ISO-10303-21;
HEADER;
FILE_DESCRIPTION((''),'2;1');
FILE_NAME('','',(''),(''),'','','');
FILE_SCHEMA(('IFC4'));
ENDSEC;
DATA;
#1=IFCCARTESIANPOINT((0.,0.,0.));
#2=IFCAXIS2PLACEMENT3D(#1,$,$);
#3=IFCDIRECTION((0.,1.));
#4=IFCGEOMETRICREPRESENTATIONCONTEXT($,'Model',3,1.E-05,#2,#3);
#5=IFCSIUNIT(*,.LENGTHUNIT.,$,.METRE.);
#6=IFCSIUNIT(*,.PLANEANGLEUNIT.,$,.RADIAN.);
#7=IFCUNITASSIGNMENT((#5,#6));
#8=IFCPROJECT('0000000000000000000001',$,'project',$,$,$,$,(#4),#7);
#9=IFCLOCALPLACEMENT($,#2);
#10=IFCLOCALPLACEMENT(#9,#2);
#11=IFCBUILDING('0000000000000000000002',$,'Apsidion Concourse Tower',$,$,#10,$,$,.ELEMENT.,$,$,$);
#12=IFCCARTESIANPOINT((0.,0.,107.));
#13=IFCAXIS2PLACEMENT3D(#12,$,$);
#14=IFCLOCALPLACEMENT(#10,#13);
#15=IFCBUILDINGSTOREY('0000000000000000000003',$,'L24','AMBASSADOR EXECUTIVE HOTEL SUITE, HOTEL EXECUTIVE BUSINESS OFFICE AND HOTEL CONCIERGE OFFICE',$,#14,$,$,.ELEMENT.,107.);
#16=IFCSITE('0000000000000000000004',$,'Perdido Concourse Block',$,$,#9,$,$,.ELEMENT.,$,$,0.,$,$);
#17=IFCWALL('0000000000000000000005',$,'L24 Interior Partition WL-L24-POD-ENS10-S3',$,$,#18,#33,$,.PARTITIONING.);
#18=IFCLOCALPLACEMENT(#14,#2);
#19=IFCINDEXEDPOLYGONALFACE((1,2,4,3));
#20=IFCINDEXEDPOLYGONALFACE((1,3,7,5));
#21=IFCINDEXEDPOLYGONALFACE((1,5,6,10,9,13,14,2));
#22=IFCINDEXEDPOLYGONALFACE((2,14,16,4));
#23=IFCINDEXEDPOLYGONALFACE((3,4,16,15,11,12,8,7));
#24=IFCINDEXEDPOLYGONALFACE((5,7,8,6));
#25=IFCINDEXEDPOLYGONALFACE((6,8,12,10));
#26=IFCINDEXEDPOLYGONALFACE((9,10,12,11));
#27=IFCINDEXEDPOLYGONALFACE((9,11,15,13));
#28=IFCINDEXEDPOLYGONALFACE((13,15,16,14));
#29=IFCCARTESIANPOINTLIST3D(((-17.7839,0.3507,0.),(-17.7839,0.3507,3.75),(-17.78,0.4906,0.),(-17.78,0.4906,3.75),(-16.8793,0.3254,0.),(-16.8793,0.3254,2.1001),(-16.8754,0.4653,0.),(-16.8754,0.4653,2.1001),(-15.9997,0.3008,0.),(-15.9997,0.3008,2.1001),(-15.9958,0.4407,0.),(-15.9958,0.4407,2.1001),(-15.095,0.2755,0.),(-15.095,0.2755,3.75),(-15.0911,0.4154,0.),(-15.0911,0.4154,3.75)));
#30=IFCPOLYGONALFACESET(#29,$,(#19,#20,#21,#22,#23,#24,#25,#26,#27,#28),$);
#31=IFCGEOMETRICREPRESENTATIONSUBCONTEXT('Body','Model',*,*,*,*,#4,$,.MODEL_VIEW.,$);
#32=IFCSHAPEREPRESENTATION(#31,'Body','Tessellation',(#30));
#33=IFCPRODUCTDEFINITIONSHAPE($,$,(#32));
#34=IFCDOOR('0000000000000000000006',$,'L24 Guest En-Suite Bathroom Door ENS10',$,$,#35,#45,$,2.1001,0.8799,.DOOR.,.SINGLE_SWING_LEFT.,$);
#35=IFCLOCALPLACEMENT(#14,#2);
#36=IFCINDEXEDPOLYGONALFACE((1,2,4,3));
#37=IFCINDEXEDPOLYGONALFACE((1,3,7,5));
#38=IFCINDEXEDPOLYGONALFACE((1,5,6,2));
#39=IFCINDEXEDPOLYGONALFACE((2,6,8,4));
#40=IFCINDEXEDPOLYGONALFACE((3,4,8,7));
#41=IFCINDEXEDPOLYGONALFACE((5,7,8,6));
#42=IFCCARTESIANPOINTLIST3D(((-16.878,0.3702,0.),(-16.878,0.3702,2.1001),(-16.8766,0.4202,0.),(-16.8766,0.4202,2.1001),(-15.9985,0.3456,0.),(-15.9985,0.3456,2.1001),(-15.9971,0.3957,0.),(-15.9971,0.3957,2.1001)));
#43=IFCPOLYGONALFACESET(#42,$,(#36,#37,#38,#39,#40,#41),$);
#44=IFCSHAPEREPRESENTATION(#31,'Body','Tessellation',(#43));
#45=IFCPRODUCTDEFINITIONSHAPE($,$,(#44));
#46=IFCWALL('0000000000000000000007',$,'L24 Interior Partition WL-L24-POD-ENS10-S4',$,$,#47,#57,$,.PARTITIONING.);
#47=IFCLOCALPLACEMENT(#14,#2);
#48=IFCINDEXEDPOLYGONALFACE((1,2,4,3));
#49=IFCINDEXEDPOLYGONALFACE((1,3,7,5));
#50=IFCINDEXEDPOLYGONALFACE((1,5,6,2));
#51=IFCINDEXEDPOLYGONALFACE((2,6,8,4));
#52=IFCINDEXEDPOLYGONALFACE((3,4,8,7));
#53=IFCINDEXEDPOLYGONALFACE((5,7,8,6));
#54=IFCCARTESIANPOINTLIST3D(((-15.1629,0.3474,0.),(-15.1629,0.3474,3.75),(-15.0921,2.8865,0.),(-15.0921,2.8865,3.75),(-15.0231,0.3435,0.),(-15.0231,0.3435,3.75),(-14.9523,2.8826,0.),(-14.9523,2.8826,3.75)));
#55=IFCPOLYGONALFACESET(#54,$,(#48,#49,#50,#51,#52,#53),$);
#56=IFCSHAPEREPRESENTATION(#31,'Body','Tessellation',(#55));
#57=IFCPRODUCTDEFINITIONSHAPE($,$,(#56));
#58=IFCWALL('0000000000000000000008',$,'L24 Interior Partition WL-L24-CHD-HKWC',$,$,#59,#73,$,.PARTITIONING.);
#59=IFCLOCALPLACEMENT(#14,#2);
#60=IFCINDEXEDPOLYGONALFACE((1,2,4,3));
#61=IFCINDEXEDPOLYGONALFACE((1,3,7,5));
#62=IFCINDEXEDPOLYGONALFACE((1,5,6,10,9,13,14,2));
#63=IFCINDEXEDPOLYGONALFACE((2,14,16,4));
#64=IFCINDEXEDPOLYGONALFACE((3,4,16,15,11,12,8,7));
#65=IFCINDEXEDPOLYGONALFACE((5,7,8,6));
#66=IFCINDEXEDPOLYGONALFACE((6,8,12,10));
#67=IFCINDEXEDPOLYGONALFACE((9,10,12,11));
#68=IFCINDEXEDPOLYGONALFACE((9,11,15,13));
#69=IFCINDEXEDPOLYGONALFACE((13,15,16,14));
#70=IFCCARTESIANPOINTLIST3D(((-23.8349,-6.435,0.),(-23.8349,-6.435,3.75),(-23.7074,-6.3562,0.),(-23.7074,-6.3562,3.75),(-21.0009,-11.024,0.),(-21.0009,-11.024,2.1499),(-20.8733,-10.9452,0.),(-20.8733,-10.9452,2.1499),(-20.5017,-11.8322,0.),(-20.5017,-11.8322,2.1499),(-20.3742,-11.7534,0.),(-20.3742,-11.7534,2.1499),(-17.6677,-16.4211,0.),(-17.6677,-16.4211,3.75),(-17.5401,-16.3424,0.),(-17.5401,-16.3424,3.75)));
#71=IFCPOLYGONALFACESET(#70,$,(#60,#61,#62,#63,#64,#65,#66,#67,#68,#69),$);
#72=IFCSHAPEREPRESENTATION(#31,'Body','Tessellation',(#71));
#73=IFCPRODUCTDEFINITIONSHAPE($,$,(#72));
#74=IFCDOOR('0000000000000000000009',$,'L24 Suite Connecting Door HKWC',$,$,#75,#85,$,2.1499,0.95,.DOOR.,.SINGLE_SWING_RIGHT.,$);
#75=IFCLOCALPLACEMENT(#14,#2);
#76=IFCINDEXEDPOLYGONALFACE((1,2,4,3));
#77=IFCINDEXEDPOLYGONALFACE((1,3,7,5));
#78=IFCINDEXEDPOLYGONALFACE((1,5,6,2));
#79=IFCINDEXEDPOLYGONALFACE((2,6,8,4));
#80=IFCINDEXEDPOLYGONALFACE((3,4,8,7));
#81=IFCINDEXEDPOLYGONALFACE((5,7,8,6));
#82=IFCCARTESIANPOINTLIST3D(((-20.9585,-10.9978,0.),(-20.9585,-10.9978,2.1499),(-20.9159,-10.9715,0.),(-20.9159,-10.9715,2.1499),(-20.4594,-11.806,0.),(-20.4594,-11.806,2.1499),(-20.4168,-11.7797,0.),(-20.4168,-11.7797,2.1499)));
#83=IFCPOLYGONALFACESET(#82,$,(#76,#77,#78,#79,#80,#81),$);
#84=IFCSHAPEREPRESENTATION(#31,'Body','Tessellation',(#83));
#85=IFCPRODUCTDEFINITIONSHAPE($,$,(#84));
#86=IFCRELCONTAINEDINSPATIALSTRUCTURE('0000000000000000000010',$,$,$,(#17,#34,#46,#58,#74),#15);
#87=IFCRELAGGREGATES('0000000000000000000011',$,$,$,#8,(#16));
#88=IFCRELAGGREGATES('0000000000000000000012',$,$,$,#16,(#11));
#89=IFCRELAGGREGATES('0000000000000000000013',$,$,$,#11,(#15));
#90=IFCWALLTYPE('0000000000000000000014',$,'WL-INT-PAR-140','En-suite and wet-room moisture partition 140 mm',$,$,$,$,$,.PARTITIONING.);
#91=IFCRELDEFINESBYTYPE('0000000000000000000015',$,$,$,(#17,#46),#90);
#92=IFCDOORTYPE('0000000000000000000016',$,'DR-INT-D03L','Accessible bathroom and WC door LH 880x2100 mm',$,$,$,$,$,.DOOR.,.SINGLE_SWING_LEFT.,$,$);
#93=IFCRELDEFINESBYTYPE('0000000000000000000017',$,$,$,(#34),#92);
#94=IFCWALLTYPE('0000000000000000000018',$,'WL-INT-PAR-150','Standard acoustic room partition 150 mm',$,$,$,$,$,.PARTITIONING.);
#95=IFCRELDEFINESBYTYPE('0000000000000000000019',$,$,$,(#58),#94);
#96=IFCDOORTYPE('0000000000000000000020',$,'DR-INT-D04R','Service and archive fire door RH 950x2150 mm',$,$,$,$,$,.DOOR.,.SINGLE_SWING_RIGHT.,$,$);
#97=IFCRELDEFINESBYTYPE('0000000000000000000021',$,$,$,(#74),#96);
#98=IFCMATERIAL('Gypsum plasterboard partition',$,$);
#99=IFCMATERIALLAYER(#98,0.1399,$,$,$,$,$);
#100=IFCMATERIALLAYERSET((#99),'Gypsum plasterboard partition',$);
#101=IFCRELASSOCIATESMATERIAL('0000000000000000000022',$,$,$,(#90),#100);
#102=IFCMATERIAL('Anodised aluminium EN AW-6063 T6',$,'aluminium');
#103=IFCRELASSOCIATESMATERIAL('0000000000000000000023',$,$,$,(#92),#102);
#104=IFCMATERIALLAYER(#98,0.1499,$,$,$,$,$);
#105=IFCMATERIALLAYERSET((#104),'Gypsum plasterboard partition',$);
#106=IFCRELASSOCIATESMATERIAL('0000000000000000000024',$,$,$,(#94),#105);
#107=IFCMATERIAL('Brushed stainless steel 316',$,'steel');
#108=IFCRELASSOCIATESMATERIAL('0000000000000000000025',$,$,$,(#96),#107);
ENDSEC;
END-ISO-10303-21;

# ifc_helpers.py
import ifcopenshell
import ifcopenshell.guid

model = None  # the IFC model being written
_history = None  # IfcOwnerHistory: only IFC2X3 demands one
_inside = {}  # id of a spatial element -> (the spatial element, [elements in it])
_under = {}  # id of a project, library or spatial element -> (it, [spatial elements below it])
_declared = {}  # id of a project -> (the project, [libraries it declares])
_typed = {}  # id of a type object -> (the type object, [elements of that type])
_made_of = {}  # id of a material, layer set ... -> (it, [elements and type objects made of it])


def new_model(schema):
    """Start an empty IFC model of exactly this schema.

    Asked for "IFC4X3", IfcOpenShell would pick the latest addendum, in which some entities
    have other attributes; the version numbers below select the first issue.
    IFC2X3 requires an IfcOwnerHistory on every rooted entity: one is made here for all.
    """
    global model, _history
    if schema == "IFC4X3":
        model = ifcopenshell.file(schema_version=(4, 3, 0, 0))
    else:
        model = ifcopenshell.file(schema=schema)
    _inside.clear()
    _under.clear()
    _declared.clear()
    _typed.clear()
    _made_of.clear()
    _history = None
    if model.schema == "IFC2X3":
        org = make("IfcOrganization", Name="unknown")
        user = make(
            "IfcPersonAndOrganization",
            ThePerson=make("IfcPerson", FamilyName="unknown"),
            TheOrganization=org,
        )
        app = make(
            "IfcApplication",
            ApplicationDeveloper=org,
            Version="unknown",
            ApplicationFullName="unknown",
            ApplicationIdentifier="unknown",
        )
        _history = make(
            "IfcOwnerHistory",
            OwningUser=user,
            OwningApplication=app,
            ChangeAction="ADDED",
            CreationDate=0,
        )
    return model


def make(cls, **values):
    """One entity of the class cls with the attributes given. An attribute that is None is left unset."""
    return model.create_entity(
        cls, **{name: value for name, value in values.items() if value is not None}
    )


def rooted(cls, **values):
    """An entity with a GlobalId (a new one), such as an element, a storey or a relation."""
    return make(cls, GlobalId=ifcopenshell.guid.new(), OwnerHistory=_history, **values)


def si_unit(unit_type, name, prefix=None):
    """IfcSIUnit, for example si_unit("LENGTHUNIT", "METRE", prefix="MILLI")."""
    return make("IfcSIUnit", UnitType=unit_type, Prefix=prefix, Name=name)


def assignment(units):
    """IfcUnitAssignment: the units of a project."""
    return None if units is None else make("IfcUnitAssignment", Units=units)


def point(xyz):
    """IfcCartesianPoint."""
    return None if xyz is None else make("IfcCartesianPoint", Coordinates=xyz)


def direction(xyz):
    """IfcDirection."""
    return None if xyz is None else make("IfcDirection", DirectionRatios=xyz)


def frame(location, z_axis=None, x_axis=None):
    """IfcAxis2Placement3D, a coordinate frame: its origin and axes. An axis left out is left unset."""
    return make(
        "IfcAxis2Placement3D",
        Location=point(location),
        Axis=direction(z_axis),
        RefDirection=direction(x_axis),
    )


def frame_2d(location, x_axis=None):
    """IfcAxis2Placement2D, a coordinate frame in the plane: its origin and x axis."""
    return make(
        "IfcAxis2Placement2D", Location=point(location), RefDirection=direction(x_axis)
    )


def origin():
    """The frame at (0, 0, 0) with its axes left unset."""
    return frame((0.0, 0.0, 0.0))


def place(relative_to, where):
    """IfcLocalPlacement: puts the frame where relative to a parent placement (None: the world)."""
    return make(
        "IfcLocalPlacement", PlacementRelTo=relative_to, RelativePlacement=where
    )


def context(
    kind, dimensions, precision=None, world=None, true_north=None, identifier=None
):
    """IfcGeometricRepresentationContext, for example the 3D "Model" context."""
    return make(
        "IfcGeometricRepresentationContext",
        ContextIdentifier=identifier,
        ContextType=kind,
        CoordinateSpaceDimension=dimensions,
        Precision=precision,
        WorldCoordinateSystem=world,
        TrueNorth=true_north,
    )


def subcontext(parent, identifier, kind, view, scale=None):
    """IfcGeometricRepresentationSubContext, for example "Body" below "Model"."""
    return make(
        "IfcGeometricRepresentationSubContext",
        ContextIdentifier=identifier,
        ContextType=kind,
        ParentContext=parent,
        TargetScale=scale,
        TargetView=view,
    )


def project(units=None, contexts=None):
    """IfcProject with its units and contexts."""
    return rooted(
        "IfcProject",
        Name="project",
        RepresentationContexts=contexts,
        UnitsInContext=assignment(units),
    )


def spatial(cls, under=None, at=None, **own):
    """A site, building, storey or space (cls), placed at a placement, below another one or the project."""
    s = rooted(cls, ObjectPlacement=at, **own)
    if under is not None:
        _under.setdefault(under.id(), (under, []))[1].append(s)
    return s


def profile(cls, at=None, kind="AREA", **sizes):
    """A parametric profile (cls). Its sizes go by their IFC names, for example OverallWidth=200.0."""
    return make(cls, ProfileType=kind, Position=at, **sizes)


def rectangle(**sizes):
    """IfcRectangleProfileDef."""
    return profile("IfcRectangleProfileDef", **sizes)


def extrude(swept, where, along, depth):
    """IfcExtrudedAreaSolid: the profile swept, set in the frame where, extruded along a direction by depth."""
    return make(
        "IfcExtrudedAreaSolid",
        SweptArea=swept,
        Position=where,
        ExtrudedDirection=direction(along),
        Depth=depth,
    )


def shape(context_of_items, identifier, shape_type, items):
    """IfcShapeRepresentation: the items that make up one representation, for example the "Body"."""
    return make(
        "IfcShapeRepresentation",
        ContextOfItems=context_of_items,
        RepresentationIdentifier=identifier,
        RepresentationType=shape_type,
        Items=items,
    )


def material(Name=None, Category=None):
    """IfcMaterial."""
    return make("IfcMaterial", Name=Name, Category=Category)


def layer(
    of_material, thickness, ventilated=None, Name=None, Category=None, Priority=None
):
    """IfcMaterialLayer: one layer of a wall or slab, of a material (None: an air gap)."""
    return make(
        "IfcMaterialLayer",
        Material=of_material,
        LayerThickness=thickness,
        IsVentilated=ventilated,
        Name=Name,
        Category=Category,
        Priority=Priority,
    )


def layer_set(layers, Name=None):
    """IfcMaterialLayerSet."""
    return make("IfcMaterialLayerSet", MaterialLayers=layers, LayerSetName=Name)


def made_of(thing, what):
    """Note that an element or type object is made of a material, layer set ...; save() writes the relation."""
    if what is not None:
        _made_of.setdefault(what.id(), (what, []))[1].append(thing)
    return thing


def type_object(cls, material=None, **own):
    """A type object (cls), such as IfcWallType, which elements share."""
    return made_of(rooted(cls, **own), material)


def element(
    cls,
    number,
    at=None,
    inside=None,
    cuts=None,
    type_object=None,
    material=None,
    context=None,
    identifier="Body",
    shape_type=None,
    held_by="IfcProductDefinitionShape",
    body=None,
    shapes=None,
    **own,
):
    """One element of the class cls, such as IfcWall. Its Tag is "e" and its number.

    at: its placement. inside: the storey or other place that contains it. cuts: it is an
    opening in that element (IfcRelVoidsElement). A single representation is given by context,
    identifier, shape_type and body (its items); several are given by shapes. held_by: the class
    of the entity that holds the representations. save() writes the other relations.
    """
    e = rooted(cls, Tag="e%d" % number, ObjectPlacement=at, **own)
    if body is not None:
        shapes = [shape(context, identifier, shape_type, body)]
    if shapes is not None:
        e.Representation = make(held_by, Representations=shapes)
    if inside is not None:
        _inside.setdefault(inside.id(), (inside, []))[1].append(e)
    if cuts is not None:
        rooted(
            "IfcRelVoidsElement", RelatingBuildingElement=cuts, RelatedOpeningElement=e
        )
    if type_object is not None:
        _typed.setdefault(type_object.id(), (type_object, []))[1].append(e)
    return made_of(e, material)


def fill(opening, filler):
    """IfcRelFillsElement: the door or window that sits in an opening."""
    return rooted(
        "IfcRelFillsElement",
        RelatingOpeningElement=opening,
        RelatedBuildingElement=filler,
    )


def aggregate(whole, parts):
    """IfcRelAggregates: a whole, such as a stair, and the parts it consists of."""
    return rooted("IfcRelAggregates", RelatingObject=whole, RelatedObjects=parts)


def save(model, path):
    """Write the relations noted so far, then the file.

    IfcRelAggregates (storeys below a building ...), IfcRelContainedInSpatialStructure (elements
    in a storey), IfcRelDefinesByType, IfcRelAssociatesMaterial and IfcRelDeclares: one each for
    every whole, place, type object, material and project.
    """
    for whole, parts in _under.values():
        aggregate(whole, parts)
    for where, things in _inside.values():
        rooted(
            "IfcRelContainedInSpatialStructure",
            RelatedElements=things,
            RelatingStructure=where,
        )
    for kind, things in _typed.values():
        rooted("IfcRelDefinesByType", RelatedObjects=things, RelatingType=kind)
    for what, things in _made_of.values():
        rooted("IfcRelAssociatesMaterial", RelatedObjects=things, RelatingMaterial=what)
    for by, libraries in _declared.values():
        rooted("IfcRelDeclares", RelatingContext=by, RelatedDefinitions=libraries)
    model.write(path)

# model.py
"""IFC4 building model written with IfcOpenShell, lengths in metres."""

from ifc_helpers import new_model, si_unit, direction, frame, frame_2d, origin, place, context, subcontext, project, spatial, rectangle, extrude, material, layer, layer_set, type_object, element, fill, save


model = new_model("IFC4")

# Units and contexts
model_context = context("Model", 3, precision=1e-05, world=origin(), true_north=direction((0.0, 1.0)))
body_context = subcontext(model_context, "Body", "Model", "MODEL_VIEW")
ifc_project = project(units=[si_unit("LENGTHUNIT", "METRE"), si_unit("PLANEANGLEUNIT", "RADIAN")], contexts=[model_context])

# Site, building, storey
site_placement = place(None, origin())
site = spatial("IfcSite", under=ifc_project, at=site_placement, Name="Perdido Concourse Block", CompositionType="ELEMENT", RefElevation=0.0)
building_placement = place(site_placement, origin())
building = spatial("IfcBuilding", under=site, at=building_placement, Name="Apsidion Concourse Tower", CompositionType="ELEMENT")
storey_placement = place(building_placement, frame((0.0, 0.0, 107.0)))
storey = spatial("IfcBuildingStorey", under=building, at=storey_placement, Name="L24", Description="AMBASSADOR EXECUTIVE HOTEL SUITE, HOTEL EXECUTIVE BUSINESS OFFICE AND HOTEL CONCIERGE OFFICE", CompositionType="ELEMENT", Elevation=107.0)

# Shared definitions
ifc_material_1 = material(Name="Gypsum plasterboard partition")
ifc_layer_1 = layer(ifc_material_1, 0.1399)
ifc_layer_set_1 = layer_set([ifc_layer_1], Name="Gypsum plasterboard partition")
wall_type_1 = type_object("IfcWallType", Name="WL-INT-PAR-140", Description="En-suite and wet-room moisture partition 140 mm", PredefinedType="PARTITIONING", material=ifc_layer_set_1)

# Wall, opening, door
wall_1_placement = place(storey_placement, frame((-17.782, 0.4207, 0.0), z_axis=(0.0, 0.0, 1.0), x_axis=(0.999609, -0.027953, 0.0)))
wall_1 = element("IfcWall", 1, at=wall_1_placement, inside=storey, type_object=wall_type_1, Name="L24 Interior Partition WL-L24-POD-ENS10-S3", PredefinedType="PARTITIONING", context=body_context, shape_type="SweptSolid", body=[
    extrude(rectangle(XDim=2.6899, YDim=0.1399, at=frame_2d((1.345, 0.0))), origin(), (0.0, 0.0, 1.0), 3.75),
])
opening_1_placement = place(wall_1_placement, frame((0.905, 0.0, 0.0)))
opening_1 = element("IfcOpeningElement", 2, at=opening_1_placement, cuts=wall_1, PredefinedType="OPENING", context=body_context, shape_type="SweptSolid", body=[
    extrude(rectangle(XDim=0.8799, YDim=2.1001, at=frame_2d((0.4399, 1.05))), frame((0.0, 0.0801, 0.0), z_axis=(0.0, -1.0, 0.0), x_axis=(1.0, 0.0, 0.0)), (0.0, 0.0, 1.0), 0.1599),
])
ifc_material_2 = material(Name="Anodised aluminium EN AW-6063 T6", Category="aluminium")
door_type_1 = type_object("IfcDoorType", Name="DR-INT-D03L", Description="Accessible bathroom and WC door LH 880x2100 mm", OperationType="SINGLE_SWING_LEFT", PredefinedType="DOOR", material=ifc_material_2)
door_1_placement = place(opening_1_placement, origin())
door_1 = element("IfcDoor", 3, at=door_1_placement, inside=storey, type_object=door_type_1, Name="L24 Guest En-Suite Bathroom Door ENS10", OperationType="SINGLE_SWING_LEFT", OverallHeight=2.1001, OverallWidth=0.8799, PredefinedType="DOOR", context=body_context, shape_type="SweptSolid", body=[
    extrude(rectangle(XDim=0.8799, YDim=2.1001, at=frame_2d((0.4399, 1.05))), frame((0.0, 0.0249, 0.0), z_axis=(0.0, -1.0, 0.0), x_axis=(1.0, 0.0, 0.0)), (0.0, 0.0, 1.0), 0.05),
])
fill(opening_1, door_1)

# Wall
wall_2_placement = place(storey_placement, frame((-15.093, 0.3455, 0.0), z_axis=(0.0, 0.0, 1.0), x_axis=(0.027874, 0.999611, 0.0)))
element("IfcWall", 4, at=wall_2_placement, inside=storey, type_object=wall_type_1, Name="L24 Interior Partition WL-L24-POD-ENS10-S4", PredefinedType="PARTITIONING", context=body_context, shape_type="SweptSolid", body=[
    extrude(rectangle(XDim=2.54, YDim=0.1399, at=frame_2d((1.27, 0.0))), origin(), (0.0, 0.0, 1.0), 3.75),
])

# Wall, opening, door
ifc_layer_2 = layer(ifc_material_1, 0.1499)
ifc_layer_set_2 = layer_set([ifc_layer_2], Name="Gypsum plasterboard partition")
wall_type_2 = type_object("IfcWallType", Name="WL-INT-PAR-150", Description="Standard acoustic room partition 150 mm", PredefinedType="PARTITIONING", material=ifc_layer_set_2)
wall_3_placement = place(storey_placement, frame((-23.7712, -6.3955, 0.0), z_axis=(0.0, 0.0, 1.0), x_axis=(0.525453, -0.850822, 0.0)))
wall_3 = element("IfcWall", 5, at=wall_3_placement, inside=storey, type_object=wall_type_2, Name="L24 Interior Partition WL-L24-CHD-HKWC", PredefinedType="PARTITIONING", context=body_context, shape_type="SweptSolid", body=[
    extrude(rectangle(XDim=11.7371, YDim=0.1499, at=frame_2d((5.8687, 0.0))), origin(), (0.0, 0.0, 1.0), 3.75),
])
opening_2_placement = place(wall_3_placement, frame((5.3936, 0.0, 0.0)))
opening_2 = element("IfcOpeningElement", 6, at=opening_2_placement, cuts=wall_3, PredefinedType="OPENING", context=body_context, shape_type="SweptSolid", body=[
    extrude(rectangle(XDim=0.95, YDim=2.1499, at=frame_2d((0.4751, 1.075))), frame((0.0, 0.085, 0.0), z_axis=(0.0, -1.0, 0.0), x_axis=(1.0, 0.0, 0.0)), (0.0, 0.0, 1.0), 0.1699),
])
ifc_material_3 = material(Name="Brushed stainless steel 316", Category="steel")
door_type_2 = type_object("IfcDoorType", Name="DR-INT-D04R", Description="Service and archive fire door RH 950x2150 mm", OperationType="SINGLE_SWING_RIGHT", PredefinedType="DOOR", material=ifc_material_3)
door_2_placement = place(opening_2_placement, origin())
door_2 = element("IfcDoor", 7, at=door_2_placement, inside=storey, type_object=door_type_2, Name="L24 Suite Connecting Door HKWC", OperationType="SINGLE_SWING_RIGHT", OverallHeight=2.1499, OverallWidth=0.95, PredefinedType="DOOR", context=body_context, shape_type="SweptSolid", body=[
    extrude(rectangle(XDim=0.95, YDim=2.1499, at=frame_2d((0.4751, 1.075))), frame((0.0, 0.0249, 0.0), z_axis=(0.0, -1.0, 0.0), x_axis=(1.0, 0.0, 0.0)), (0.0, 0.0, 1.0), 0.05),
])
fill(opening_2, door_2)

save(model, "model.ifc")
